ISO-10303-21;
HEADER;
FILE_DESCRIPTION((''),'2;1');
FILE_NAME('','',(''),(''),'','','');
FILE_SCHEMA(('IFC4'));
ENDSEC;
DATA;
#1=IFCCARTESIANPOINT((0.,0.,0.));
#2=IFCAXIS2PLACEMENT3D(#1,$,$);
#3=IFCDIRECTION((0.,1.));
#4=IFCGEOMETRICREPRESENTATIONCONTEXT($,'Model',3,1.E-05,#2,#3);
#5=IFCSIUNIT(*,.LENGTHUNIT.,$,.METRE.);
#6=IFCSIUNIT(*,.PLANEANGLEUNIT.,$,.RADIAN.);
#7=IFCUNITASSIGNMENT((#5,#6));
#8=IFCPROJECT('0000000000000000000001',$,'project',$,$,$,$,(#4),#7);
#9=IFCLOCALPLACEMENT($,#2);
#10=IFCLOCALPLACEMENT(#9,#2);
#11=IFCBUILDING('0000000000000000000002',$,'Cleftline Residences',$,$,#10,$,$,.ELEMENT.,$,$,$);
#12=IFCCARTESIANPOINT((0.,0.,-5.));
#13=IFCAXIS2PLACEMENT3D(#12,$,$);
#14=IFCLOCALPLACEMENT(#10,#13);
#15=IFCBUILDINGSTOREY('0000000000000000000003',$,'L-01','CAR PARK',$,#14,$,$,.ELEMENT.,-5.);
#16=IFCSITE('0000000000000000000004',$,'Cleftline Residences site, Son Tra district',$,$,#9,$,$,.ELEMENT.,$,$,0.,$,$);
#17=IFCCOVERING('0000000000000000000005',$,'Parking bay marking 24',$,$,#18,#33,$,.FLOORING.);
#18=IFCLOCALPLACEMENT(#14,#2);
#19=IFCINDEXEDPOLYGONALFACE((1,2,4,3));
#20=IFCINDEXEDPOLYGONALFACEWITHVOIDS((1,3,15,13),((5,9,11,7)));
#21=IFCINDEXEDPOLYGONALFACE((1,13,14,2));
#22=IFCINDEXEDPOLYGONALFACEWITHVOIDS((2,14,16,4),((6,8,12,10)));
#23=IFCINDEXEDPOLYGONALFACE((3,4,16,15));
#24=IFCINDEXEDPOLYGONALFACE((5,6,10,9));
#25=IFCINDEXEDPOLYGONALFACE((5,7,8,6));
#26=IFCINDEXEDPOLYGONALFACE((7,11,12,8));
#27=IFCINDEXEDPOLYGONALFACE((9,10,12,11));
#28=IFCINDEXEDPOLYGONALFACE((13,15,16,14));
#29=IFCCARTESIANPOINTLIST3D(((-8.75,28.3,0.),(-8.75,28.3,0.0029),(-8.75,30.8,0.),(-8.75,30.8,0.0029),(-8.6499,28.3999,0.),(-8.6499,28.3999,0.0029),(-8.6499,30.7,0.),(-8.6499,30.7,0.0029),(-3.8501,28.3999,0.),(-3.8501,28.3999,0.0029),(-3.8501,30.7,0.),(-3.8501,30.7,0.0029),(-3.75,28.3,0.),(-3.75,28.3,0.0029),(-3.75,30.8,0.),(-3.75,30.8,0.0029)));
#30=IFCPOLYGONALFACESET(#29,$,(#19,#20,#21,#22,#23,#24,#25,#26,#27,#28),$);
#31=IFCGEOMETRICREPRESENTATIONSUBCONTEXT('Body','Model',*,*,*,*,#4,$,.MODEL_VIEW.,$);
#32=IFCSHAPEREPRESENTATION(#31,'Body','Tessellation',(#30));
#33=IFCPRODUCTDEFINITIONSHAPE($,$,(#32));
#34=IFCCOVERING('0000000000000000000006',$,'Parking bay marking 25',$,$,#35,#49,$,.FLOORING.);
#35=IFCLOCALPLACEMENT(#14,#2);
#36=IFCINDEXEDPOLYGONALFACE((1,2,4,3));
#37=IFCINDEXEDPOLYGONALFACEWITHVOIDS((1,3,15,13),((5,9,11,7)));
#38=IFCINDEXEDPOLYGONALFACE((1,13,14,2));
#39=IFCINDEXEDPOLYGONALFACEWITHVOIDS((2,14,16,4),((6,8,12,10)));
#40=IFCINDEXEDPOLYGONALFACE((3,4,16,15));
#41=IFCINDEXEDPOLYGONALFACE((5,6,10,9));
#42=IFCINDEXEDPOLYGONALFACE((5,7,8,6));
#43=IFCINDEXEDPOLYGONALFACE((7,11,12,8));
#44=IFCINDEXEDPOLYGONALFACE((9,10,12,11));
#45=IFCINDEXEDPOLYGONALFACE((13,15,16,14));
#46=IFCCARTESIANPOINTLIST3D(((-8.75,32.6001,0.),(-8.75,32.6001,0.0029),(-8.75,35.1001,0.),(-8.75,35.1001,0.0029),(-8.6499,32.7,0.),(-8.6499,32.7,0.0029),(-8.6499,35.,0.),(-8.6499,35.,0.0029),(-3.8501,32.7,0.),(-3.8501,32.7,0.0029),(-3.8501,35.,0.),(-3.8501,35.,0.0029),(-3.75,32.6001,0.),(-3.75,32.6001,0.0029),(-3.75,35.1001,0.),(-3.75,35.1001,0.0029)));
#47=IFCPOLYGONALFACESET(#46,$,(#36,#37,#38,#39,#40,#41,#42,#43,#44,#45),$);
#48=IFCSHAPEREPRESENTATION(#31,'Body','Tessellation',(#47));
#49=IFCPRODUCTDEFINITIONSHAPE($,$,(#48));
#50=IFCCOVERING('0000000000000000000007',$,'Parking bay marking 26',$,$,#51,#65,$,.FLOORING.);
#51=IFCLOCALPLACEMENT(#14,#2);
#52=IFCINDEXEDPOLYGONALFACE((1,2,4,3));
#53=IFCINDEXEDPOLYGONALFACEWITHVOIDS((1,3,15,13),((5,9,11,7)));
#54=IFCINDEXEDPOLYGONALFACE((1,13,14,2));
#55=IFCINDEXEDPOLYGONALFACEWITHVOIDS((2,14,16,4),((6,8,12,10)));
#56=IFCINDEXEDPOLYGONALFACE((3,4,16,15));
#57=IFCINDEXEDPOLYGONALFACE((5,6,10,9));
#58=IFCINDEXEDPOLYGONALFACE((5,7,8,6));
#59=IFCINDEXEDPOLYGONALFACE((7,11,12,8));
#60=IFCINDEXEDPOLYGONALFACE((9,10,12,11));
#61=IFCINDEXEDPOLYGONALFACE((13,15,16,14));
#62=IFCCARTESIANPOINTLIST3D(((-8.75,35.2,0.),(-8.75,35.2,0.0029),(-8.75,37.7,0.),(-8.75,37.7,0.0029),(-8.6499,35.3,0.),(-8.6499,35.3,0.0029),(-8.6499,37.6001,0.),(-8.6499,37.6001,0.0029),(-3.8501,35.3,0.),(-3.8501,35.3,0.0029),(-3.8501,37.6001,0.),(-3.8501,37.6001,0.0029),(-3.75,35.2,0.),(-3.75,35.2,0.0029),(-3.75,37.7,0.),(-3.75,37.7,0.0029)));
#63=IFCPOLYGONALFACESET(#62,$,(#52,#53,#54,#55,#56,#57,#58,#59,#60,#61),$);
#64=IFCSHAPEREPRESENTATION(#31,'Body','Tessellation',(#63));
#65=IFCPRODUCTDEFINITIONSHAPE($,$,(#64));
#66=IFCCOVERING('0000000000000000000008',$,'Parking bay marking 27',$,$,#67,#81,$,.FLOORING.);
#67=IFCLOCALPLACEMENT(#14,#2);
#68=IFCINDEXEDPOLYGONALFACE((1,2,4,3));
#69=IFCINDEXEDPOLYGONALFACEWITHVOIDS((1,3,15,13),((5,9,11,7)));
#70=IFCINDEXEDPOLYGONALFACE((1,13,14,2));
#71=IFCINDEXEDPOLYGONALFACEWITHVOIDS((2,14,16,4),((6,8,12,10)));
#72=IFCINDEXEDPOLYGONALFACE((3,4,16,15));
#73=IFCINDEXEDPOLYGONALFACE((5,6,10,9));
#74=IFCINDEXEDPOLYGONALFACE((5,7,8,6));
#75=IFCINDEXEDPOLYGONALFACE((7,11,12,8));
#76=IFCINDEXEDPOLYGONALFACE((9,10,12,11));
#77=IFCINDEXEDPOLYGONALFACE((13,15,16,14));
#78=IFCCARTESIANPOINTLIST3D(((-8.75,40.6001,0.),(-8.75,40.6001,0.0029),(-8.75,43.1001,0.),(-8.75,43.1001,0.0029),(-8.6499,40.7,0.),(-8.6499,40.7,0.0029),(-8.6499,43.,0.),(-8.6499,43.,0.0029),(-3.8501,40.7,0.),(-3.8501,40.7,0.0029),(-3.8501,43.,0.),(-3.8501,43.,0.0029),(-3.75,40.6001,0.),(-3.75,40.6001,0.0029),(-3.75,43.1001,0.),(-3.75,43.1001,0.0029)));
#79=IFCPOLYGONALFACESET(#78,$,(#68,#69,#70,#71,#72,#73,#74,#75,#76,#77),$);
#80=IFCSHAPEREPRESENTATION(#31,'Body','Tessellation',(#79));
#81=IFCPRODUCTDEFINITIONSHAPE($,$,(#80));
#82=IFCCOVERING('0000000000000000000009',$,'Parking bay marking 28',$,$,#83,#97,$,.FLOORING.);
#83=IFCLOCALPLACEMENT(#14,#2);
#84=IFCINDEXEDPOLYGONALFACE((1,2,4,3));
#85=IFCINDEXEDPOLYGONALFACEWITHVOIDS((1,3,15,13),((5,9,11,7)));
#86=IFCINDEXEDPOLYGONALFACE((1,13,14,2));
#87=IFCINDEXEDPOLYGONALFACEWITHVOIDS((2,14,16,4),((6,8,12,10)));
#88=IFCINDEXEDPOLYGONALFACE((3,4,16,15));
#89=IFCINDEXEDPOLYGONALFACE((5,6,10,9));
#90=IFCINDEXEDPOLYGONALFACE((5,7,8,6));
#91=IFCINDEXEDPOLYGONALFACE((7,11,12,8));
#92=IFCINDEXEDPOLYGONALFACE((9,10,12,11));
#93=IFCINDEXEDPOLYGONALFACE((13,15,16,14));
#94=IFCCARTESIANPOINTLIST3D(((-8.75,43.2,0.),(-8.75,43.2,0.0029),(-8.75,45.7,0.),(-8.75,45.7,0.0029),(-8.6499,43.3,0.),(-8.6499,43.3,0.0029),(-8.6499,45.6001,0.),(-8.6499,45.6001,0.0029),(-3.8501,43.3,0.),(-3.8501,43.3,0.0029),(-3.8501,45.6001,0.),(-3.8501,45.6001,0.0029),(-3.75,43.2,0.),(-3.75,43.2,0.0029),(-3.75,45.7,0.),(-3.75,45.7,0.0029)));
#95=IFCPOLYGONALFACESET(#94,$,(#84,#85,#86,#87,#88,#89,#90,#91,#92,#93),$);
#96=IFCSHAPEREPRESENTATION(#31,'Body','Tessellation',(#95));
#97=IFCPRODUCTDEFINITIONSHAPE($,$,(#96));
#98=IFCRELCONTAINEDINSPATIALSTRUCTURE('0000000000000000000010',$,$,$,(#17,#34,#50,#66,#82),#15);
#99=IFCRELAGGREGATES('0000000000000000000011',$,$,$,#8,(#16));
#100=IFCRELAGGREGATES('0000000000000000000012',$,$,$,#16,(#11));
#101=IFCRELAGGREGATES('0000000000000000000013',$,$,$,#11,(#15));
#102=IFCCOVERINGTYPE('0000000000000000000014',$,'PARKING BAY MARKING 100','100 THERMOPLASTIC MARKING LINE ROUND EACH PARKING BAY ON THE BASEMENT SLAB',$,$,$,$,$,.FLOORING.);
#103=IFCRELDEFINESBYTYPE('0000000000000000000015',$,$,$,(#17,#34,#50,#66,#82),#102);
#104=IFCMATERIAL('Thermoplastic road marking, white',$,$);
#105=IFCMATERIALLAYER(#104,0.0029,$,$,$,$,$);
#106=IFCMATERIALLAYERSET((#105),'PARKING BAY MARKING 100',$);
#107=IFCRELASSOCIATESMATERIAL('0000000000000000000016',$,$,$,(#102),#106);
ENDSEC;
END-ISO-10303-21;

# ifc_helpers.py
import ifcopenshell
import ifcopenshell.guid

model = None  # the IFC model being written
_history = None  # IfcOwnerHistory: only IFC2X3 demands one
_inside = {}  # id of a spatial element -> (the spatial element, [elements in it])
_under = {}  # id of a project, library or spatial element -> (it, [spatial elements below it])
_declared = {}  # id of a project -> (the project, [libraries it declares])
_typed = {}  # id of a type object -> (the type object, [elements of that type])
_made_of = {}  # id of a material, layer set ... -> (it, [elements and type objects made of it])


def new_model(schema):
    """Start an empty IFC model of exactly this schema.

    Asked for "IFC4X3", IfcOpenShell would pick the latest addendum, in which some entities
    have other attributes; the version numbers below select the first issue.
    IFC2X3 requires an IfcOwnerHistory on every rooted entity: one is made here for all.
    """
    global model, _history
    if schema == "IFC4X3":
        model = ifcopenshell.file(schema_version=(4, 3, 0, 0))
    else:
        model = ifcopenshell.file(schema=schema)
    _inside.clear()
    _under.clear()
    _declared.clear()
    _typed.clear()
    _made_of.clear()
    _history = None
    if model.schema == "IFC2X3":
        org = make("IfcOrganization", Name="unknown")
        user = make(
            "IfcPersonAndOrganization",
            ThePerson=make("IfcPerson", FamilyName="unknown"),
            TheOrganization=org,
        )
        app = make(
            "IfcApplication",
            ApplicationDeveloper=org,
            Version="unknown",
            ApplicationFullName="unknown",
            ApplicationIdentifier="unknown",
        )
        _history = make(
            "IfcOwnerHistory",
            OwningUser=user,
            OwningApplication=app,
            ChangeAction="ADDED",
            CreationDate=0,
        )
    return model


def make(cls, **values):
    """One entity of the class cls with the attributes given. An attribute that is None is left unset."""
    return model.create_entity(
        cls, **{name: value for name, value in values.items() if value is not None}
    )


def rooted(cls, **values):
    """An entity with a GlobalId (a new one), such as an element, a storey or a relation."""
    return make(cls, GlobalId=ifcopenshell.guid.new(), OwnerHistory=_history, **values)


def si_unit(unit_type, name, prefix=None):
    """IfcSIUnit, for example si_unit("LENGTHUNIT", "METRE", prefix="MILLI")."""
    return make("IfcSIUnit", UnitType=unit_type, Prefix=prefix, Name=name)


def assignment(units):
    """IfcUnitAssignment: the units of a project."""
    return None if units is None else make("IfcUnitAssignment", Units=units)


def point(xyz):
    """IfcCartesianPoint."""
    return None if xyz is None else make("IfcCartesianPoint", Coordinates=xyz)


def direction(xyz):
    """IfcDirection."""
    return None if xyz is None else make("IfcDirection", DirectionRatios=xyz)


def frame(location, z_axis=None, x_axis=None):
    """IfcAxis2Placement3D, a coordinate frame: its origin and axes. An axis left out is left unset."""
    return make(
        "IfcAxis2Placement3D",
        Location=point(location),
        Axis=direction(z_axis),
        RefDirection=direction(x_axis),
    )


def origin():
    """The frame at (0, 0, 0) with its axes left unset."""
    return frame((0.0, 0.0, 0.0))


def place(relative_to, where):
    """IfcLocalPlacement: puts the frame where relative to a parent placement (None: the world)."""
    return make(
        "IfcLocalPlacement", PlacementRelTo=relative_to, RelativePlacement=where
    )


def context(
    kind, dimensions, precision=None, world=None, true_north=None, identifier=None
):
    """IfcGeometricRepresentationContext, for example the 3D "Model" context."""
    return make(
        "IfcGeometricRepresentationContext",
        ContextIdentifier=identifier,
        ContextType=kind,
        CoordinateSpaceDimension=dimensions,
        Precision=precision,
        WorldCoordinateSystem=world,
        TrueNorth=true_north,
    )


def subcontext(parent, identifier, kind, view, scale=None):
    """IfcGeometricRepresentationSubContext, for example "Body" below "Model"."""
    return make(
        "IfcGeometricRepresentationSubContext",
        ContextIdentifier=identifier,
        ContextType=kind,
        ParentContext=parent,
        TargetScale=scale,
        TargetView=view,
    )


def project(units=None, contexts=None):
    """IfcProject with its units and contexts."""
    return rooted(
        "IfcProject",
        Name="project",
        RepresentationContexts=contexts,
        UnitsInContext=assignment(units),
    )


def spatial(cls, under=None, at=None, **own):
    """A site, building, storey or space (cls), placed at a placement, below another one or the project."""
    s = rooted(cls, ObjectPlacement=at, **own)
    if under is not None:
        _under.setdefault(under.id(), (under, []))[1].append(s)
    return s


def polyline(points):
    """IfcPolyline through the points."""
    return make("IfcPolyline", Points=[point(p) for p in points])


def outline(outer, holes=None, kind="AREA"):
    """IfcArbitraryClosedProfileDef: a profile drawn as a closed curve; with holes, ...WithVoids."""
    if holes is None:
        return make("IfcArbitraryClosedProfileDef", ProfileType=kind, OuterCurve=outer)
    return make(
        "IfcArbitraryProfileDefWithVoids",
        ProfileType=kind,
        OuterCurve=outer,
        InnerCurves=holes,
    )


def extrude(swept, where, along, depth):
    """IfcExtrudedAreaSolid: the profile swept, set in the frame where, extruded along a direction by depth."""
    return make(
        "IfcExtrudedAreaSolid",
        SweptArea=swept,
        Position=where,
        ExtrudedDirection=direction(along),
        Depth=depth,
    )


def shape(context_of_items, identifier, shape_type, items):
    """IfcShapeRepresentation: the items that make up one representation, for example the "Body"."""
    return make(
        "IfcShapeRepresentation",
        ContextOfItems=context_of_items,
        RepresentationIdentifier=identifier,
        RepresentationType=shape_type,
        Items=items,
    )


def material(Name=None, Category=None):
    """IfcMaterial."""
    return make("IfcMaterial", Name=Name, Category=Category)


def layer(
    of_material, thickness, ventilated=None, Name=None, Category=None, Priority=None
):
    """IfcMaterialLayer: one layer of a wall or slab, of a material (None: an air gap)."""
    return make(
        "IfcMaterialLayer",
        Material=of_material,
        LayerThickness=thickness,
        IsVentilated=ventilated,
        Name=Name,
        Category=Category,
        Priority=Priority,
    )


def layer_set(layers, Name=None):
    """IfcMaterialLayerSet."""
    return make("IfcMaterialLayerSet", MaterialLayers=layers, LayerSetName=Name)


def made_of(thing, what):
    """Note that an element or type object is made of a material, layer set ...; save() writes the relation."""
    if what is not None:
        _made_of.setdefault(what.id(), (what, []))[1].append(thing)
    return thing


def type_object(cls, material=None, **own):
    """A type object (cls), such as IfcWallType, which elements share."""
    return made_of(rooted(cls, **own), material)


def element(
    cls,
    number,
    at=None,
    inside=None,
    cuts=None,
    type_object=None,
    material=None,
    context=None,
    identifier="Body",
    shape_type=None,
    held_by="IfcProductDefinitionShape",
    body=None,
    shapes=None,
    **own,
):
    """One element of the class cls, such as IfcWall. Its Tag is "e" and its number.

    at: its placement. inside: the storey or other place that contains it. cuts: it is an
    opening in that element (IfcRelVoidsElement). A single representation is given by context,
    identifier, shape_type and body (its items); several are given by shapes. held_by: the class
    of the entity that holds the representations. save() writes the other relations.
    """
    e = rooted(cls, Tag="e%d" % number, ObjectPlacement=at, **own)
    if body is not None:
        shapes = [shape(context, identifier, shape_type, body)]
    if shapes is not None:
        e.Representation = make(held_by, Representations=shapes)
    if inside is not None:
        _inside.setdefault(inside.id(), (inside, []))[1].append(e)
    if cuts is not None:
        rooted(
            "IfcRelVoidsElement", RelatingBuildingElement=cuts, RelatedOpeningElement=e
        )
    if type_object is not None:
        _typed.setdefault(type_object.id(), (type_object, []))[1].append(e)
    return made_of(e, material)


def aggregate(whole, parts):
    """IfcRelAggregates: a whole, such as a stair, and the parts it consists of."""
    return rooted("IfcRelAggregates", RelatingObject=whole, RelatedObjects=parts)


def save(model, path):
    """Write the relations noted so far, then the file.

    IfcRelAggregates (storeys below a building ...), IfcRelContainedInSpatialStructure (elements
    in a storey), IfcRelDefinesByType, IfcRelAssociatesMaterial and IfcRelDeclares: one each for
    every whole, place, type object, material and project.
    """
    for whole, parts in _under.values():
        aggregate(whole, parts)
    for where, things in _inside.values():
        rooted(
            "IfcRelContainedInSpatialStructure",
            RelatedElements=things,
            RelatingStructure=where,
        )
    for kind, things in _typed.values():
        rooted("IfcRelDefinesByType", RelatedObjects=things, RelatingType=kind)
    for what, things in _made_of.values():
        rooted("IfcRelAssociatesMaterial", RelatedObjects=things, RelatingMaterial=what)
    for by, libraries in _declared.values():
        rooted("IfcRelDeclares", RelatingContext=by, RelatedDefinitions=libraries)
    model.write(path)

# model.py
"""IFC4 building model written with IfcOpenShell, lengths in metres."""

from ifc_helpers import new_model, si_unit, direction, frame, origin, place, context, subcontext, project, spatial, polyline, outline, extrude, material, layer, layer_set, type_object, element, save


model = new_model("IFC4")

# Units and contexts
model_context = context("Model", 3, precision=1e-05, world=origin(), true_north=direction((0.0, 1.0)))
body_context = subcontext(model_context, "Body", "Model", "MODEL_VIEW")
ifc_project = project(units=[si_unit("LENGTHUNIT", "METRE"), si_unit("PLANEANGLEUNIT", "RADIAN")], contexts=[model_context])

# Site, building, storey
site_placement = place(None, origin())
site = spatial("IfcSite", under=ifc_project, at=site_placement, Name="Cleftline Residences site, Son Tra district", CompositionType="ELEMENT", RefElevation=0.0)
building_placement = place(site_placement, origin())
building = spatial("IfcBuilding", under=site, at=building_placement, Name="Cleftline Residences", CompositionType="ELEMENT")
storey_placement = place(building_placement, frame((0.0, 0.0, -5.0)))
storey = spatial("IfcBuildingStorey", under=building, at=storey_placement, Name="L-01", Description="CAR PARK", CompositionType="ELEMENT", Elevation=-5.0)

# Coverings
ifc_material_1 = material(Name="Thermoplastic road marking, white")
ifc_layer_1 = layer(ifc_material_1, 0.0029)
ifc_layer_set_1 = layer_set([ifc_layer_1], Name="PARKING BAY MARKING 100")
covering_type = type_object("IfcCoveringType", Name="PARKING BAY MARKING 100", Description="100 THERMOPLASTIC MARKING LINE ROUND EACH PARKING BAY ON THE BASEMENT SLAB", PredefinedType="FLOORING", material=ifc_layer_set_1)
covering_1_placement = place(storey_placement, origin())
element("IfcCovering", 1, at=covering_1_placement, inside=storey, type_object=covering_type, Name="Parking bay marking 24", PredefinedType="FLOORING", context=body_context, shape_type="SweptSolid", body=[
    extrude(outline(polyline([(-3.75, 28.3), (-3.75, 30.8), (-8.75, 30.8), (-8.75, 28.3), (-3.75, 28.3)]), holes=[polyline([(-3.8501, 30.7), (-8.6499, 30.7), (-8.6499, 28.3999), (-3.8501, 28.3999), (-3.8501, 30.7)])]), origin(), (0.0, 0.0, 1.0), 0.0029),
])
covering_2_placement = place(storey_placement, origin())
element("IfcCovering", 2, at=covering_2_placement, inside=storey, type_object=covering_type, Name="Parking bay marking 25", PredefinedType="FLOORING", context=body_context, shape_type="SweptSolid", body=[
    extrude(outline(polyline([(-3.75, 32.6001), (-3.75, 35.1001), (-8.75, 35.1001), (-8.75, 32.6001), (-3.75, 32.6001)]), holes=[polyline([(-3.8501, 35.0), (-8.6499, 35.0), (-8.6499, 32.7), (-3.8501, 32.7), (-3.8501, 35.0)])]), origin(), (0.0, 0.0, 1.0), 0.0029),
])
covering_3_placement = place(storey_placement, origin())
element("IfcCovering", 3, at=covering_3_placement, inside=storey, type_object=covering_type, Name="Parking bay marking 26", PredefinedType="FLOORING", context=body_context, shape_type="SweptSolid", body=[
    extrude(outline(polyline([(-3.75, 35.2), (-3.75, 37.7), (-8.75, 37.7), (-8.75, 35.2), (-3.75, 35.2)]), holes=[polyline([(-3.8501, 37.6001), (-8.6499, 37.6001), (-8.6499, 35.3), (-3.8501, 35.3), (-3.8501, 37.6001)])]), origin(), (0.0, 0.0, 1.0), 0.0029),
])
covering_4_placement = place(storey_placement, origin())
element("IfcCovering", 4, at=covering_4_placement, inside=storey, type_object=covering_type, Name="Parking bay marking 27", PredefinedType="FLOORING", context=body_context, shape_type="SweptSolid", body=[
    extrude(outline(polyline([(-3.75, 40.6001), (-3.75, 43.1001), (-8.75, 43.1001), (-8.75, 40.6001), (-3.75, 40.6001)]), holes=[polyline([(-3.8501, 43.0), (-8.6499, 43.0), (-8.6499, 40.7), (-3.8501, 40.7), (-3.8501, 43.0)])]), origin(), (0.0, 0.0, 1.0), 0.0029),
])
covering_5_placement = place(storey_placement, origin())
element("IfcCovering", 5, at=covering_5_placement, inside=storey, type_object=covering_type, Name="Parking bay marking 28", PredefinedType="FLOORING", context=body_context, shape_type="SweptSolid", body=[
    extrude(outline(polyline([(-3.75, 43.2), (-3.75, 45.7), (-8.75, 45.7), (-8.75, 43.2), (-3.75, 43.2)]), holes=[polyline([(-3.8501, 45.6001), (-8.6499, 45.6001), (-8.6499, 43.3), (-3.8501, 43.3), (-3.8501, 45.6001)])]), origin(), (0.0, 0.0, 1.0), 0.0029),
])

save(model, "model.ifc")
